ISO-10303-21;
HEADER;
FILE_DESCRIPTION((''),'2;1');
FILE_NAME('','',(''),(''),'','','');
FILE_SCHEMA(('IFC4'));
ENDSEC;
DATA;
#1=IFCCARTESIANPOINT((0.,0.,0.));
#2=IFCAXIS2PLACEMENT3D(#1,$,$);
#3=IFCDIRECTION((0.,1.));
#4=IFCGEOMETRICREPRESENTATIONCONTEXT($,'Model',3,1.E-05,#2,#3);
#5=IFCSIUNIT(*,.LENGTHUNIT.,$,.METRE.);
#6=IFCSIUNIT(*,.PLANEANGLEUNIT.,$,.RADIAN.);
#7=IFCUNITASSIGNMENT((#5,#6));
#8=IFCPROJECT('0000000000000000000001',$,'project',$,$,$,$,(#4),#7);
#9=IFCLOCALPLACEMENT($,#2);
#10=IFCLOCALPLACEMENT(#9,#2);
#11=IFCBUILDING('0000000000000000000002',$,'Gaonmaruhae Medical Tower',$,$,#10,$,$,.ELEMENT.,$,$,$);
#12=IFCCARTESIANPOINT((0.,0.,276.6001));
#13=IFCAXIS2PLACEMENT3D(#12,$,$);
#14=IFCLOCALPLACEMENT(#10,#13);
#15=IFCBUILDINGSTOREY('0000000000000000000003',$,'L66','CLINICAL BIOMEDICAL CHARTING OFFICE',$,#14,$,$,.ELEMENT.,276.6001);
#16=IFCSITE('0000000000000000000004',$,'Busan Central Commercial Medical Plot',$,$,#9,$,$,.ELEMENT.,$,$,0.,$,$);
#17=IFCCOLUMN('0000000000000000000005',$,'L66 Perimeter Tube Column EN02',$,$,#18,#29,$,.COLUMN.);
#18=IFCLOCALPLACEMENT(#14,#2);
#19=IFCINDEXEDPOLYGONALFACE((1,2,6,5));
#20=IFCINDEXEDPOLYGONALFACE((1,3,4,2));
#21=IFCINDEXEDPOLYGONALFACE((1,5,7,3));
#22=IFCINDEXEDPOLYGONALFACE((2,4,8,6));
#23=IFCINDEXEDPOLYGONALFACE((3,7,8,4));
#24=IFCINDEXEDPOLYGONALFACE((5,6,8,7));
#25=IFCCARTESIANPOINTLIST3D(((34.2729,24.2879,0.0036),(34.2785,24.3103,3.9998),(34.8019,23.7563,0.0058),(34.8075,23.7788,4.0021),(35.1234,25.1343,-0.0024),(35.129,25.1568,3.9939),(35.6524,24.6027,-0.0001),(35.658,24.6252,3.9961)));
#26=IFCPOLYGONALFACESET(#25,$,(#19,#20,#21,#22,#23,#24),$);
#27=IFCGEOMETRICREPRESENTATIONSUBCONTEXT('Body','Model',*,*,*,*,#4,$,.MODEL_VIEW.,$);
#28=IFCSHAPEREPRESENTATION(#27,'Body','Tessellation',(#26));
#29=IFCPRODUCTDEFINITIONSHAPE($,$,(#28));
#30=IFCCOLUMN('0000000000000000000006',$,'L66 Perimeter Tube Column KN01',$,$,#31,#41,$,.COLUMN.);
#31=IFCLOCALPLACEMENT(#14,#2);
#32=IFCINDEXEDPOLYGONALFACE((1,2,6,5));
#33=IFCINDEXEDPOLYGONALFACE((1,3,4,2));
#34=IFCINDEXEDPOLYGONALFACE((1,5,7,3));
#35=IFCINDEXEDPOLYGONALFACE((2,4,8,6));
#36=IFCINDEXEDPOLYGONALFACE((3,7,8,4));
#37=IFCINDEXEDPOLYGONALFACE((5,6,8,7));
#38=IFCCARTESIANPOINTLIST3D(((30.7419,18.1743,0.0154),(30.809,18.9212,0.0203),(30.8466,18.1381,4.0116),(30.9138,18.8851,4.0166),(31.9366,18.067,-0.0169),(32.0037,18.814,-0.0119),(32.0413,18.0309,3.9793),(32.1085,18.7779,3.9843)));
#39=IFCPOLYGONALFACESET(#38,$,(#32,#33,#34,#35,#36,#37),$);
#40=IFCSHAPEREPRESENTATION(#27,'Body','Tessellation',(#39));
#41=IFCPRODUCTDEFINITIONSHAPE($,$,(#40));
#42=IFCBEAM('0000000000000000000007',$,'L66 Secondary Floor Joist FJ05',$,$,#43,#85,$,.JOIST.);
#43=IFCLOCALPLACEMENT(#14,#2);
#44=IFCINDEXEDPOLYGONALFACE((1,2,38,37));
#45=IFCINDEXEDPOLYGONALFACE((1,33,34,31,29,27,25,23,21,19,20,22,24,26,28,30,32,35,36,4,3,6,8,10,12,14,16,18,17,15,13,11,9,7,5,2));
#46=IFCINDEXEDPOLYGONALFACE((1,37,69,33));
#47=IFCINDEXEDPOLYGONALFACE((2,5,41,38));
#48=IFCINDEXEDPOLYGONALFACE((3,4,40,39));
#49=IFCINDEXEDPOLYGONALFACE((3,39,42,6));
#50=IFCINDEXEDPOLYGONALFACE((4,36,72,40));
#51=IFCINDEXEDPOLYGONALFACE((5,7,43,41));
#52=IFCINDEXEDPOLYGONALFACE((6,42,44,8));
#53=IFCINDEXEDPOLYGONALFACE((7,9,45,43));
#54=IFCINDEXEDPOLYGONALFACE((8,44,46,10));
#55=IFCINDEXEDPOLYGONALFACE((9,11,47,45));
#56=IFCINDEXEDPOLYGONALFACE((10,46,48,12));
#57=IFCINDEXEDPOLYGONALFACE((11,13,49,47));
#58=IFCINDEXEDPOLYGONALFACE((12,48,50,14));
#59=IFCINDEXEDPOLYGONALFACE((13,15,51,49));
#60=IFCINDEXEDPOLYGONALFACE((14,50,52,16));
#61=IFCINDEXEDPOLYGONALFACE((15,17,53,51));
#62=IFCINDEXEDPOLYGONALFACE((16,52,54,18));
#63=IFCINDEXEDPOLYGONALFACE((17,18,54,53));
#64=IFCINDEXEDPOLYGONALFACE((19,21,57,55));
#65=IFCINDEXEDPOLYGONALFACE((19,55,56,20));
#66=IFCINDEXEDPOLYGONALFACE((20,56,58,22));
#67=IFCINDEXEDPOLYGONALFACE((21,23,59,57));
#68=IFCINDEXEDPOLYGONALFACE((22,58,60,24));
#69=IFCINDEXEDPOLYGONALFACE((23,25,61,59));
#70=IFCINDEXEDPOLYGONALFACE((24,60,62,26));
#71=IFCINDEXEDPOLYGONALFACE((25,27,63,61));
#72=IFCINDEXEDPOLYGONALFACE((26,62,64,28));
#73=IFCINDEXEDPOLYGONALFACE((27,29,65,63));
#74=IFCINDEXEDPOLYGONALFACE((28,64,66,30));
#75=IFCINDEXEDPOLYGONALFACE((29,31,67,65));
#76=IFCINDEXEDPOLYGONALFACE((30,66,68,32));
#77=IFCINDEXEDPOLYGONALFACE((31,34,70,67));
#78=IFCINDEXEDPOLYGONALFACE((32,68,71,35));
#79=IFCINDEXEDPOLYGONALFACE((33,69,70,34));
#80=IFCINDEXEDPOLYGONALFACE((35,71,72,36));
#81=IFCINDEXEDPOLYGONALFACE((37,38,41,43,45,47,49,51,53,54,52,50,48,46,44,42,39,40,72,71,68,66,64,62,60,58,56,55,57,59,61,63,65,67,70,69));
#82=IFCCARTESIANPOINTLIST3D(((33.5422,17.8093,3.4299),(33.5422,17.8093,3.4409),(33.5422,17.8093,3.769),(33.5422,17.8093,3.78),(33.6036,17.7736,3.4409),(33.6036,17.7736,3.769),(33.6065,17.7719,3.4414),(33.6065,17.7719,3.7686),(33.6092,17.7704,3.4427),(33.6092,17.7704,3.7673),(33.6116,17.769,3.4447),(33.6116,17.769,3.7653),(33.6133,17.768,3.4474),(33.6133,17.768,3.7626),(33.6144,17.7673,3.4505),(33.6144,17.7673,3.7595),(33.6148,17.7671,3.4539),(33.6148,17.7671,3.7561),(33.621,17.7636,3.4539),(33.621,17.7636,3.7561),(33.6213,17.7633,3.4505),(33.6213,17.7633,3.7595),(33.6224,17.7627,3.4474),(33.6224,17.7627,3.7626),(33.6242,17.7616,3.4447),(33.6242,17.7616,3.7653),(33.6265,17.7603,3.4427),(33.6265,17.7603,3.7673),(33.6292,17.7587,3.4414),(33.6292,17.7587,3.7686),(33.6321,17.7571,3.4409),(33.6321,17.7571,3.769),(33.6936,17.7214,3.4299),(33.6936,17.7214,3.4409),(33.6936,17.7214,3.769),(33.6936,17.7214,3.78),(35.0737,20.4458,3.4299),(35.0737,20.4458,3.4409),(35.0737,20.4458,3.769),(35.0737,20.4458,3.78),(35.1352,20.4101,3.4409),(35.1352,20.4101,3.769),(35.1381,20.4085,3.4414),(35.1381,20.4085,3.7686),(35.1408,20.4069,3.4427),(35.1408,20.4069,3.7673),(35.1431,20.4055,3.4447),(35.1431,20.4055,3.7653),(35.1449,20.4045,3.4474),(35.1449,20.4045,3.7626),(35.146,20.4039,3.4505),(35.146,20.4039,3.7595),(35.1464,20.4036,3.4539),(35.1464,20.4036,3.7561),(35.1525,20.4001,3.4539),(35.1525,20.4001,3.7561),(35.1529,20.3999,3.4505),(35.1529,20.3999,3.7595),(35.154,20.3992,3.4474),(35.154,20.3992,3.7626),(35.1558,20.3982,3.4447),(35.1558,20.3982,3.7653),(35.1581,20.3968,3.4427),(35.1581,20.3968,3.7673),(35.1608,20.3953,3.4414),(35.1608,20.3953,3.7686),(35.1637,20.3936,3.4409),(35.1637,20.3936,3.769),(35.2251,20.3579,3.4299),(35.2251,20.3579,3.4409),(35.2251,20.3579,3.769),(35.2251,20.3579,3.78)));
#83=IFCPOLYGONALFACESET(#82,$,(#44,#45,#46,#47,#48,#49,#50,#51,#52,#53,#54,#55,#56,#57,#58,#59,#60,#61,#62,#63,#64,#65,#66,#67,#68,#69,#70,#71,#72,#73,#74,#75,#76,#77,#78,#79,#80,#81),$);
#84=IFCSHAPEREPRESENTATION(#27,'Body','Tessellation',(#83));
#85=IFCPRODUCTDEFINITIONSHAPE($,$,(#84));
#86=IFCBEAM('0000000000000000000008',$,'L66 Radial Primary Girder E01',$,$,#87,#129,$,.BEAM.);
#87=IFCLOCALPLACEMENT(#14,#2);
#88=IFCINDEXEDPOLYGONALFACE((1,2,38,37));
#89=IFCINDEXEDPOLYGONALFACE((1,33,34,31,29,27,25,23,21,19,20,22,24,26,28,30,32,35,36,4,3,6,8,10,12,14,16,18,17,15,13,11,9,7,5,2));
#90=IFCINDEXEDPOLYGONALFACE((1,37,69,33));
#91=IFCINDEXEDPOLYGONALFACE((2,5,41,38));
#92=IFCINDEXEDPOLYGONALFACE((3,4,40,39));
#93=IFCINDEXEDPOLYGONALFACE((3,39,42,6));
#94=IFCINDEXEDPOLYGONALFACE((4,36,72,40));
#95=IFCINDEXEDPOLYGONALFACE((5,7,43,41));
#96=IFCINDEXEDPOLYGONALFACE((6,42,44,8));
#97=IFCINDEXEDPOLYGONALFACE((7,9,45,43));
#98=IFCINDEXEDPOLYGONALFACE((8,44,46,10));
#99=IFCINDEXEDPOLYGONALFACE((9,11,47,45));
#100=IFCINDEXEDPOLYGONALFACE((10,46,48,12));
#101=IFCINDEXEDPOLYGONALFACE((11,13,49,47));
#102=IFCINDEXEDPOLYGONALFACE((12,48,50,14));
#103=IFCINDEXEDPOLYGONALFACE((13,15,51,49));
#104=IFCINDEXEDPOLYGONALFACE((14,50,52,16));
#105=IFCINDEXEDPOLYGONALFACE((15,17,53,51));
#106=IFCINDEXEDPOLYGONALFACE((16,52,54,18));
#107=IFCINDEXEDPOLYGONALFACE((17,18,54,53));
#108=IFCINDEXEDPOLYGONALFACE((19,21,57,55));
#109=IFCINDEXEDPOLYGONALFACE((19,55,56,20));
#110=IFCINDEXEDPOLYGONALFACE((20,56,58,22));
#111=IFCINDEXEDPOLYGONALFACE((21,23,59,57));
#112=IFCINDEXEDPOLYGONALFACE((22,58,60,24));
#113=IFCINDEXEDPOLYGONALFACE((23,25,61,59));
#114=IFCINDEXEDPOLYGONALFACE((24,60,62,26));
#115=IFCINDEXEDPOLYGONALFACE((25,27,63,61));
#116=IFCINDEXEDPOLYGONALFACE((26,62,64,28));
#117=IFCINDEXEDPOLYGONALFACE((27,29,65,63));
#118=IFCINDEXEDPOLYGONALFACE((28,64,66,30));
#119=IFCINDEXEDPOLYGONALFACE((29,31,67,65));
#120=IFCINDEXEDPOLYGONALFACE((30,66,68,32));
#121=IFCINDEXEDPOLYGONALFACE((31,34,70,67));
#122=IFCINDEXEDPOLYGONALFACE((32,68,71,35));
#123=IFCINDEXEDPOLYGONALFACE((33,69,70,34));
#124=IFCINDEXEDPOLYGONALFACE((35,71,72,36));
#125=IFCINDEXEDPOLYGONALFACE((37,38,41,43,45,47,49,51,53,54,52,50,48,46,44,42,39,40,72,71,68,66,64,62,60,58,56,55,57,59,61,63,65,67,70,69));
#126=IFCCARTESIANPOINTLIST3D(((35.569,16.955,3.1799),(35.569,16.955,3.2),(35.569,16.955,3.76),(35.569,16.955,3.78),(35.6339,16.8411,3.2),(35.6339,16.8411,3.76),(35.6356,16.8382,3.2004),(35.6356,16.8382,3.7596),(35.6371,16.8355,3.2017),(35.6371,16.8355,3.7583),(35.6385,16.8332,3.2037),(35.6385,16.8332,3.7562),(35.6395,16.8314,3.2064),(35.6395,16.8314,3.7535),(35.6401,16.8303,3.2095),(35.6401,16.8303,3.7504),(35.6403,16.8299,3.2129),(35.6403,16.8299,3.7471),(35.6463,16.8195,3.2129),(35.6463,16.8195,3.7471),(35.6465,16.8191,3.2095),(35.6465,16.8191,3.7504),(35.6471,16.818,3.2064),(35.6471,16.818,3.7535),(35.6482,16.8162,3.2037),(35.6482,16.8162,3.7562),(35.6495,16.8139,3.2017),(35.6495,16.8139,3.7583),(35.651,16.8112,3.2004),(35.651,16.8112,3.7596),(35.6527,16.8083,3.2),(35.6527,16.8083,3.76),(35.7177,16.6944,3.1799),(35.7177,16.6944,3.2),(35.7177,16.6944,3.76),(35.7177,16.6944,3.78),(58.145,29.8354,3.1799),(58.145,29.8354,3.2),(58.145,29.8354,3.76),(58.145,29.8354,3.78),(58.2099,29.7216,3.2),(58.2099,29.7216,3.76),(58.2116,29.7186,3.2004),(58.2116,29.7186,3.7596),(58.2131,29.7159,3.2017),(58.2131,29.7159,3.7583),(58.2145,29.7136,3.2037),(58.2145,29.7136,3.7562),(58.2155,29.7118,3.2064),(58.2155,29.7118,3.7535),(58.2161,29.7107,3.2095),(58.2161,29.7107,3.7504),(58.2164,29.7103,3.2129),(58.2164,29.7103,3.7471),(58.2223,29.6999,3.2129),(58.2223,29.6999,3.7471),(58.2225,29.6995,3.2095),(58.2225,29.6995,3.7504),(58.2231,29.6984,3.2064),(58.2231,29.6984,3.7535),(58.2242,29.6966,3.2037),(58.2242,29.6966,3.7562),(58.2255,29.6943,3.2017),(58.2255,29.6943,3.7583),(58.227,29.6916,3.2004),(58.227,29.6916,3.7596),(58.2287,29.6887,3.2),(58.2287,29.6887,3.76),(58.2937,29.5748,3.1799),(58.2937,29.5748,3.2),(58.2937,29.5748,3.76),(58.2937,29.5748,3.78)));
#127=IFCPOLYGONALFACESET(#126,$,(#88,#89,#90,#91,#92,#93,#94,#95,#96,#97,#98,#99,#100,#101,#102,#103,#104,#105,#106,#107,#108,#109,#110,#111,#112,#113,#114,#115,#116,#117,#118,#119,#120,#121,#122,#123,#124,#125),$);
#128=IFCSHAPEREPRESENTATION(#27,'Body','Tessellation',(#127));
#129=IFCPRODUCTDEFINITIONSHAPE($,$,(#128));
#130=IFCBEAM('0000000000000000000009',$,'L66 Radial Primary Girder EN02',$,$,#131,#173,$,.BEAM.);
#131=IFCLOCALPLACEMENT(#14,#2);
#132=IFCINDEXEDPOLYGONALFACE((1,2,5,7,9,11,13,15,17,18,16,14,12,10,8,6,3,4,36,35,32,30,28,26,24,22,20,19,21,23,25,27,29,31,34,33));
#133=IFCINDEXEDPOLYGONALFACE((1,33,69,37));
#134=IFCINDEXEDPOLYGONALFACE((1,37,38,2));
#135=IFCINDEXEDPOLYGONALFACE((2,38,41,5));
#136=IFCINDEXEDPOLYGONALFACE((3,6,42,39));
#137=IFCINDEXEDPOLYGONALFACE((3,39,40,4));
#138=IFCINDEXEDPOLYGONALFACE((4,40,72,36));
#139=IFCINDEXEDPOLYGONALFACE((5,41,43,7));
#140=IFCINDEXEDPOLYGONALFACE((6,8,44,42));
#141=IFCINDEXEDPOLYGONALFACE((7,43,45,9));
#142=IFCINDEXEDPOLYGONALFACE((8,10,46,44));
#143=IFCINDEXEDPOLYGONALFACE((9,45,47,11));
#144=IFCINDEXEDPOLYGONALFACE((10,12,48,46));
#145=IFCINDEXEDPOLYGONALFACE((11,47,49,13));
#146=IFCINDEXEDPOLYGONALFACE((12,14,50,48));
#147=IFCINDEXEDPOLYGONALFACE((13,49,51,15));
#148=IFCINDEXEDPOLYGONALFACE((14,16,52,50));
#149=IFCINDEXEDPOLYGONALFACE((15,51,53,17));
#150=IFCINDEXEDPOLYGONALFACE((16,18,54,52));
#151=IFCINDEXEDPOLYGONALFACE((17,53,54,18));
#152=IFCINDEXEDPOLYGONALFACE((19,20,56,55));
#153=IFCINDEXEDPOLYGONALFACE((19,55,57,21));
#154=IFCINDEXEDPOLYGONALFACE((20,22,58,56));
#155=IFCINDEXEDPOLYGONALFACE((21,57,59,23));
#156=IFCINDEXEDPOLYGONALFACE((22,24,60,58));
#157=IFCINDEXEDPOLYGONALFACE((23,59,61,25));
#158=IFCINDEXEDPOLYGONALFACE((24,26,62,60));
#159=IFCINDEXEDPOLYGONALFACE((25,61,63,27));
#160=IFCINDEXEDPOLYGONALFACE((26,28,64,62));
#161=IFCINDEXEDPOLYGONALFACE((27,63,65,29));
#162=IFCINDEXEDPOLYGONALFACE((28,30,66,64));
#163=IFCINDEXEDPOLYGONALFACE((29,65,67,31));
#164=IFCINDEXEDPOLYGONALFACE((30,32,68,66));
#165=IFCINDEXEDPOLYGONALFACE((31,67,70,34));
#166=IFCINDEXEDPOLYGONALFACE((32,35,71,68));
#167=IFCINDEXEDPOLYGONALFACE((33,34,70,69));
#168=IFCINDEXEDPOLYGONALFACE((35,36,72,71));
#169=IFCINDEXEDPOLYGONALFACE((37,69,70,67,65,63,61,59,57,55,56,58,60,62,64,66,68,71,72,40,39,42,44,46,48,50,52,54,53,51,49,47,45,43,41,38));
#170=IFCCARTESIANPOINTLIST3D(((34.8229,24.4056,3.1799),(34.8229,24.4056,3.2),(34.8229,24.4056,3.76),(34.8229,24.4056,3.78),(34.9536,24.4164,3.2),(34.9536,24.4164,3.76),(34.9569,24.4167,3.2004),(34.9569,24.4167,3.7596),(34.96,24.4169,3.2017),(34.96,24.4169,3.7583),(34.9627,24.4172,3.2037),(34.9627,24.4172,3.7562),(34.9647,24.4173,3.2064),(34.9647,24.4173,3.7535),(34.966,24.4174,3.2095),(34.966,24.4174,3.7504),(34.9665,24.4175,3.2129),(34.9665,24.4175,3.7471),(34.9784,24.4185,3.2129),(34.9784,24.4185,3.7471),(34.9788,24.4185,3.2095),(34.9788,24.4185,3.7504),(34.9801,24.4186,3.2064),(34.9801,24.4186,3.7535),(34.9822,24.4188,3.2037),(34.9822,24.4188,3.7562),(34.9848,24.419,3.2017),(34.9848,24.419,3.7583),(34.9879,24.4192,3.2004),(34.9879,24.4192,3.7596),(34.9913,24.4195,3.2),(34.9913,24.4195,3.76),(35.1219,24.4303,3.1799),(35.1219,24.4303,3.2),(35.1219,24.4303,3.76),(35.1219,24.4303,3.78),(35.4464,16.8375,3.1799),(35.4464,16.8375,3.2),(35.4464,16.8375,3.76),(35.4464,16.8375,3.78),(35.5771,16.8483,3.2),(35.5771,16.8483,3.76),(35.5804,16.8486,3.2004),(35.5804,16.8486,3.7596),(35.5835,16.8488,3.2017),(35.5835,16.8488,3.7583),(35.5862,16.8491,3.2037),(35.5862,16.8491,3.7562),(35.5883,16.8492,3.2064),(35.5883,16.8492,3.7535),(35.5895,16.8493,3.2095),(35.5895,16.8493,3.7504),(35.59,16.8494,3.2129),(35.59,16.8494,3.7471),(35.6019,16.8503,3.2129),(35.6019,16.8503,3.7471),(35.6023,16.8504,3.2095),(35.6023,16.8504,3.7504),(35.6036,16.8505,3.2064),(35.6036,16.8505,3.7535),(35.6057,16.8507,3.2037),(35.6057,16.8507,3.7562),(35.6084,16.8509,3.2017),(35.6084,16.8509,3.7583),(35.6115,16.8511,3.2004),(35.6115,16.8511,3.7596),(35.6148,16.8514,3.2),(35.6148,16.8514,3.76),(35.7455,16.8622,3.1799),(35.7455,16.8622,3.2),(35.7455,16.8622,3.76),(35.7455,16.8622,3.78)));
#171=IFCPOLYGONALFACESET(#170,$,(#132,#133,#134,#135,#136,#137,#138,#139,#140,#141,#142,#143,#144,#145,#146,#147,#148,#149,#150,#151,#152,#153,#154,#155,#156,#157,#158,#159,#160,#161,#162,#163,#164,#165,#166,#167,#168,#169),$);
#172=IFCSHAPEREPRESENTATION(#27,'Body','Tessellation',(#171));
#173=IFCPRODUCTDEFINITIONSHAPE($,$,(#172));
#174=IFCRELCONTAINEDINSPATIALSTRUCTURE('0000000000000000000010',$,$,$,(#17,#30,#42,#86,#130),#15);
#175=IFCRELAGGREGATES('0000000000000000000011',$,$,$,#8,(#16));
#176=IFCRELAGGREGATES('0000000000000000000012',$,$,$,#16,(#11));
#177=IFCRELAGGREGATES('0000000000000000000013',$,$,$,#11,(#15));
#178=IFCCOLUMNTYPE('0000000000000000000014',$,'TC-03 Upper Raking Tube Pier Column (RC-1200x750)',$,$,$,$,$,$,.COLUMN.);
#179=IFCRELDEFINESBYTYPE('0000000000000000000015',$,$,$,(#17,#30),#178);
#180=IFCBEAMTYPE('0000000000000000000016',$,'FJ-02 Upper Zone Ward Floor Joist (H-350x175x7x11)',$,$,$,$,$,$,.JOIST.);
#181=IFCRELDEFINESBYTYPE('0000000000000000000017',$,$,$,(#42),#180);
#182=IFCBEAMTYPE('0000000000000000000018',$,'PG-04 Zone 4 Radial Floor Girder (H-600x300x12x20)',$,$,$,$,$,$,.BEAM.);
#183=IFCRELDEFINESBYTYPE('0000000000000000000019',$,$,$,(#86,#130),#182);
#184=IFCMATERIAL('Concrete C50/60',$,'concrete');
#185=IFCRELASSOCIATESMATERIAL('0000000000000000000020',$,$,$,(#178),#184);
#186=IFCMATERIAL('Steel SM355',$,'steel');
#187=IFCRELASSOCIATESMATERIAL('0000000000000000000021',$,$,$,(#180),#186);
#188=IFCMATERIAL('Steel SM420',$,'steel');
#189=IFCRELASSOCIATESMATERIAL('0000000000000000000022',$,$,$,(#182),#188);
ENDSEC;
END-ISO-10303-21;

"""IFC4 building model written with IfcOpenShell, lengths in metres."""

from ifc_helpers import new_model, si_unit, direction, frame, origin, origin_2d, place, context, subcontext, project, spatial, rectangle, i_section, extrude, material, material_profile, profile_set, type_object, element, save


model = new_model("IFC4")

# Units and contexts
model_context = context("Model", 3, precision=1e-05, world=origin(), true_north=direction((0.0, 1.0)))
body_context = subcontext(model_context, "Body", "Model", "MODEL_VIEW")
ifc_project = project(units=[si_unit("LENGTHUNIT", "METRE"), si_unit("PLANEANGLEUNIT", "RADIAN")], contexts=[model_context])

# Site, building, storey
site_placement = place(None, origin())
site = spatial("IfcSite", under=ifc_project, at=site_placement, Name="Busan Central Commercial Medical Plot", CompositionType="ELEMENT", RefElevation=0.0)
building_placement = place(site_placement, origin())
building = spatial("IfcBuilding", under=site, at=building_placement, Name="Gaonmaruhae Medical Tower", CompositionType="ELEMENT")
storey_placement = place(building_placement, frame((0.0, 0.0, 276.6001)))
storey = spatial("IfcBuildingStorey", under=building, at=storey_placement, Name="L66", Description="CLINICAL BIOMEDICAL CHARTING OFFICE", CompositionType="ELEMENT", Elevation=276.6001)

# Columns
ifc_material_1 = material(Name="Concrete C50/60", Category="concrete")
ifc_material_profile_1 = material_profile(ifc_material_1, rectangle(XDim=1.2, YDim=0.75, at=origin_2d()), Name="RC-1200x750")
ifc_profile_set_1 = profile_set([ifc_material_profile_1], Name="Concrete C50/60")
column_type = type_object("IfcColumnType", Name="TC-03 Upper Raking Tube Pier Column (RC-1200x750)", PredefinedType="COLUMN", material=ifc_profile_set_1)
column_1_placement = place(storey_placement, frame((34.9626, 24.4453, 0.0017), z_axis=(0.001405, 0.00562, 0.999983), x_axis=(-0.708783, -0.705409, 0.004961)))
element("IfcColumn", 1, at=column_1_placement, inside=storey, type_object=column_type, Name="L66 Perimeter Tube Column EN02", PredefinedType="COLUMN", context=body_context, shape_type="SweptSolid", body=[
    extrude(rectangle(XDim=1.2, YDim=0.75, at=origin_2d()), origin(), (0.0, 0.0, 1.0), 3.9963),
])
column_2_placement = place(storey_placement, frame((31.3728, 18.4941, 0.0017), z_axis=(0.026198, -0.009038, 0.999616), x_axis=(-0.995636, 0.089361, 0.026902)))
element("IfcColumn", 2, at=column_2_placement, inside=storey, type_object=column_type, Name="L66 Perimeter Tube Column KN01", PredefinedType="COLUMN", context=body_context, shape_type="SweptSolid", body=[
    extrude(rectangle(XDim=1.2, YDim=0.75, at=origin_2d()), origin(), (0.0, 0.0, 1.0), 3.9978),
])

# Beams
ifc_material_2 = material(Name="Steel SM355", Category="steel")
ifc_material_profile_2 = material_profile(ifc_material_2, i_section(OverallWidth=0.175, OverallDepth=0.3501, WebThickness=0.0071, FlangeThickness=0.011, FilletRadius=0.0129, at=origin_2d()), Name="H-350x175x7x11")
ifc_profile_set_2 = profile_set([ifc_material_profile_2], Name="Steel SM355")
beam_type_1 = type_object("IfcBeamType", Name="FJ-02 Upper Zone Ward Floor Joist (H-350x175x7x11)", PredefinedType="JOIST", material=ifc_profile_set_2)
beam_1_placement = place(storey_placement, frame((35.1494, 20.4019, 3.605), z_axis=(-0.502292, -0.864698, 0.0), x_axis=(0.864698, -0.502292, 0.0)))
element("IfcBeam", 3, at=beam_1_placement, inside=storey, type_object=beam_type_1, Name="L66 Secondary Floor Joist FJ05", PredefinedType="JOIST", context=body_context, shape_type="SweptSolid", body=[
    extrude(i_section(OverallWidth=0.175, OverallDepth=0.3501, WebThickness=0.0071, FlangeThickness=0.011, FilletRadius=0.0129, at=origin_2d()), origin(), (0.0, 0.0, 1.0), 3.0491),
])
ifc_material_3 = material(Name="Steel SM420", Category="steel")
ifc_material_profile_3 = material_profile(ifc_material_3, i_section(OverallWidth=0.3, OverallDepth=0.6001, WebThickness=0.012, FlangeThickness=0.02, FilletRadius=0.0129, at=origin_2d()), Name="H-600x300x12x20")
ifc_profile_set_3 = profile_set([ifc_material_profile_3], Name="Steel SM420")
beam_type_2 = type_object("IfcBeamType", Name="PG-04 Zone 4 Radial Floor Girder (H-600x300x12x20)", PredefinedType="BEAM", material=ifc_profile_set_3)
beam_2_placement = place(storey_placement, frame((35.6433, 16.8247, 3.48), z_axis=(0.868577, 0.495554, 0.0), x_axis=(-0.495554, 0.868577, 0.0)))
element("IfcBeam", 4, at=beam_2_placement, inside=storey, type_object=beam_type_2, Name="L66 Radial Primary Girder E01", PredefinedType="BEAM", context=body_context, shape_type="SweptSolid", body=[
    extrude(i_section(OverallWidth=0.3, OverallDepth=0.6001, WebThickness=0.012, FlangeThickness=0.02, FilletRadius=0.0129, at=origin_2d()), origin(), (0.0, 0.0, 1.0), 25.9919),
])
beam_3_placement = place(storey_placement, frame((35.5959, 16.8499, 3.48), z_axis=(-0.082112, 0.996623, 0.0), x_axis=(-0.996623, -0.082112, 0.0)))
element("IfcBeam", 5, at=beam_3_placement, inside=storey, type_object=beam_type_2, Name="L66 Radial Primary Girder EN02", PredefinedType="BEAM", context=body_context, shape_type="SweptSolid", body=[
    extrude(i_section(OverallWidth=0.3, OverallDepth=0.6001, WebThickness=0.012, FlangeThickness=0.02, FilletRadius=0.0129, at=origin_2d()), origin(), (0.0, 0.0, 1.0), 7.5938),
])

save(model, "model.ifc")
